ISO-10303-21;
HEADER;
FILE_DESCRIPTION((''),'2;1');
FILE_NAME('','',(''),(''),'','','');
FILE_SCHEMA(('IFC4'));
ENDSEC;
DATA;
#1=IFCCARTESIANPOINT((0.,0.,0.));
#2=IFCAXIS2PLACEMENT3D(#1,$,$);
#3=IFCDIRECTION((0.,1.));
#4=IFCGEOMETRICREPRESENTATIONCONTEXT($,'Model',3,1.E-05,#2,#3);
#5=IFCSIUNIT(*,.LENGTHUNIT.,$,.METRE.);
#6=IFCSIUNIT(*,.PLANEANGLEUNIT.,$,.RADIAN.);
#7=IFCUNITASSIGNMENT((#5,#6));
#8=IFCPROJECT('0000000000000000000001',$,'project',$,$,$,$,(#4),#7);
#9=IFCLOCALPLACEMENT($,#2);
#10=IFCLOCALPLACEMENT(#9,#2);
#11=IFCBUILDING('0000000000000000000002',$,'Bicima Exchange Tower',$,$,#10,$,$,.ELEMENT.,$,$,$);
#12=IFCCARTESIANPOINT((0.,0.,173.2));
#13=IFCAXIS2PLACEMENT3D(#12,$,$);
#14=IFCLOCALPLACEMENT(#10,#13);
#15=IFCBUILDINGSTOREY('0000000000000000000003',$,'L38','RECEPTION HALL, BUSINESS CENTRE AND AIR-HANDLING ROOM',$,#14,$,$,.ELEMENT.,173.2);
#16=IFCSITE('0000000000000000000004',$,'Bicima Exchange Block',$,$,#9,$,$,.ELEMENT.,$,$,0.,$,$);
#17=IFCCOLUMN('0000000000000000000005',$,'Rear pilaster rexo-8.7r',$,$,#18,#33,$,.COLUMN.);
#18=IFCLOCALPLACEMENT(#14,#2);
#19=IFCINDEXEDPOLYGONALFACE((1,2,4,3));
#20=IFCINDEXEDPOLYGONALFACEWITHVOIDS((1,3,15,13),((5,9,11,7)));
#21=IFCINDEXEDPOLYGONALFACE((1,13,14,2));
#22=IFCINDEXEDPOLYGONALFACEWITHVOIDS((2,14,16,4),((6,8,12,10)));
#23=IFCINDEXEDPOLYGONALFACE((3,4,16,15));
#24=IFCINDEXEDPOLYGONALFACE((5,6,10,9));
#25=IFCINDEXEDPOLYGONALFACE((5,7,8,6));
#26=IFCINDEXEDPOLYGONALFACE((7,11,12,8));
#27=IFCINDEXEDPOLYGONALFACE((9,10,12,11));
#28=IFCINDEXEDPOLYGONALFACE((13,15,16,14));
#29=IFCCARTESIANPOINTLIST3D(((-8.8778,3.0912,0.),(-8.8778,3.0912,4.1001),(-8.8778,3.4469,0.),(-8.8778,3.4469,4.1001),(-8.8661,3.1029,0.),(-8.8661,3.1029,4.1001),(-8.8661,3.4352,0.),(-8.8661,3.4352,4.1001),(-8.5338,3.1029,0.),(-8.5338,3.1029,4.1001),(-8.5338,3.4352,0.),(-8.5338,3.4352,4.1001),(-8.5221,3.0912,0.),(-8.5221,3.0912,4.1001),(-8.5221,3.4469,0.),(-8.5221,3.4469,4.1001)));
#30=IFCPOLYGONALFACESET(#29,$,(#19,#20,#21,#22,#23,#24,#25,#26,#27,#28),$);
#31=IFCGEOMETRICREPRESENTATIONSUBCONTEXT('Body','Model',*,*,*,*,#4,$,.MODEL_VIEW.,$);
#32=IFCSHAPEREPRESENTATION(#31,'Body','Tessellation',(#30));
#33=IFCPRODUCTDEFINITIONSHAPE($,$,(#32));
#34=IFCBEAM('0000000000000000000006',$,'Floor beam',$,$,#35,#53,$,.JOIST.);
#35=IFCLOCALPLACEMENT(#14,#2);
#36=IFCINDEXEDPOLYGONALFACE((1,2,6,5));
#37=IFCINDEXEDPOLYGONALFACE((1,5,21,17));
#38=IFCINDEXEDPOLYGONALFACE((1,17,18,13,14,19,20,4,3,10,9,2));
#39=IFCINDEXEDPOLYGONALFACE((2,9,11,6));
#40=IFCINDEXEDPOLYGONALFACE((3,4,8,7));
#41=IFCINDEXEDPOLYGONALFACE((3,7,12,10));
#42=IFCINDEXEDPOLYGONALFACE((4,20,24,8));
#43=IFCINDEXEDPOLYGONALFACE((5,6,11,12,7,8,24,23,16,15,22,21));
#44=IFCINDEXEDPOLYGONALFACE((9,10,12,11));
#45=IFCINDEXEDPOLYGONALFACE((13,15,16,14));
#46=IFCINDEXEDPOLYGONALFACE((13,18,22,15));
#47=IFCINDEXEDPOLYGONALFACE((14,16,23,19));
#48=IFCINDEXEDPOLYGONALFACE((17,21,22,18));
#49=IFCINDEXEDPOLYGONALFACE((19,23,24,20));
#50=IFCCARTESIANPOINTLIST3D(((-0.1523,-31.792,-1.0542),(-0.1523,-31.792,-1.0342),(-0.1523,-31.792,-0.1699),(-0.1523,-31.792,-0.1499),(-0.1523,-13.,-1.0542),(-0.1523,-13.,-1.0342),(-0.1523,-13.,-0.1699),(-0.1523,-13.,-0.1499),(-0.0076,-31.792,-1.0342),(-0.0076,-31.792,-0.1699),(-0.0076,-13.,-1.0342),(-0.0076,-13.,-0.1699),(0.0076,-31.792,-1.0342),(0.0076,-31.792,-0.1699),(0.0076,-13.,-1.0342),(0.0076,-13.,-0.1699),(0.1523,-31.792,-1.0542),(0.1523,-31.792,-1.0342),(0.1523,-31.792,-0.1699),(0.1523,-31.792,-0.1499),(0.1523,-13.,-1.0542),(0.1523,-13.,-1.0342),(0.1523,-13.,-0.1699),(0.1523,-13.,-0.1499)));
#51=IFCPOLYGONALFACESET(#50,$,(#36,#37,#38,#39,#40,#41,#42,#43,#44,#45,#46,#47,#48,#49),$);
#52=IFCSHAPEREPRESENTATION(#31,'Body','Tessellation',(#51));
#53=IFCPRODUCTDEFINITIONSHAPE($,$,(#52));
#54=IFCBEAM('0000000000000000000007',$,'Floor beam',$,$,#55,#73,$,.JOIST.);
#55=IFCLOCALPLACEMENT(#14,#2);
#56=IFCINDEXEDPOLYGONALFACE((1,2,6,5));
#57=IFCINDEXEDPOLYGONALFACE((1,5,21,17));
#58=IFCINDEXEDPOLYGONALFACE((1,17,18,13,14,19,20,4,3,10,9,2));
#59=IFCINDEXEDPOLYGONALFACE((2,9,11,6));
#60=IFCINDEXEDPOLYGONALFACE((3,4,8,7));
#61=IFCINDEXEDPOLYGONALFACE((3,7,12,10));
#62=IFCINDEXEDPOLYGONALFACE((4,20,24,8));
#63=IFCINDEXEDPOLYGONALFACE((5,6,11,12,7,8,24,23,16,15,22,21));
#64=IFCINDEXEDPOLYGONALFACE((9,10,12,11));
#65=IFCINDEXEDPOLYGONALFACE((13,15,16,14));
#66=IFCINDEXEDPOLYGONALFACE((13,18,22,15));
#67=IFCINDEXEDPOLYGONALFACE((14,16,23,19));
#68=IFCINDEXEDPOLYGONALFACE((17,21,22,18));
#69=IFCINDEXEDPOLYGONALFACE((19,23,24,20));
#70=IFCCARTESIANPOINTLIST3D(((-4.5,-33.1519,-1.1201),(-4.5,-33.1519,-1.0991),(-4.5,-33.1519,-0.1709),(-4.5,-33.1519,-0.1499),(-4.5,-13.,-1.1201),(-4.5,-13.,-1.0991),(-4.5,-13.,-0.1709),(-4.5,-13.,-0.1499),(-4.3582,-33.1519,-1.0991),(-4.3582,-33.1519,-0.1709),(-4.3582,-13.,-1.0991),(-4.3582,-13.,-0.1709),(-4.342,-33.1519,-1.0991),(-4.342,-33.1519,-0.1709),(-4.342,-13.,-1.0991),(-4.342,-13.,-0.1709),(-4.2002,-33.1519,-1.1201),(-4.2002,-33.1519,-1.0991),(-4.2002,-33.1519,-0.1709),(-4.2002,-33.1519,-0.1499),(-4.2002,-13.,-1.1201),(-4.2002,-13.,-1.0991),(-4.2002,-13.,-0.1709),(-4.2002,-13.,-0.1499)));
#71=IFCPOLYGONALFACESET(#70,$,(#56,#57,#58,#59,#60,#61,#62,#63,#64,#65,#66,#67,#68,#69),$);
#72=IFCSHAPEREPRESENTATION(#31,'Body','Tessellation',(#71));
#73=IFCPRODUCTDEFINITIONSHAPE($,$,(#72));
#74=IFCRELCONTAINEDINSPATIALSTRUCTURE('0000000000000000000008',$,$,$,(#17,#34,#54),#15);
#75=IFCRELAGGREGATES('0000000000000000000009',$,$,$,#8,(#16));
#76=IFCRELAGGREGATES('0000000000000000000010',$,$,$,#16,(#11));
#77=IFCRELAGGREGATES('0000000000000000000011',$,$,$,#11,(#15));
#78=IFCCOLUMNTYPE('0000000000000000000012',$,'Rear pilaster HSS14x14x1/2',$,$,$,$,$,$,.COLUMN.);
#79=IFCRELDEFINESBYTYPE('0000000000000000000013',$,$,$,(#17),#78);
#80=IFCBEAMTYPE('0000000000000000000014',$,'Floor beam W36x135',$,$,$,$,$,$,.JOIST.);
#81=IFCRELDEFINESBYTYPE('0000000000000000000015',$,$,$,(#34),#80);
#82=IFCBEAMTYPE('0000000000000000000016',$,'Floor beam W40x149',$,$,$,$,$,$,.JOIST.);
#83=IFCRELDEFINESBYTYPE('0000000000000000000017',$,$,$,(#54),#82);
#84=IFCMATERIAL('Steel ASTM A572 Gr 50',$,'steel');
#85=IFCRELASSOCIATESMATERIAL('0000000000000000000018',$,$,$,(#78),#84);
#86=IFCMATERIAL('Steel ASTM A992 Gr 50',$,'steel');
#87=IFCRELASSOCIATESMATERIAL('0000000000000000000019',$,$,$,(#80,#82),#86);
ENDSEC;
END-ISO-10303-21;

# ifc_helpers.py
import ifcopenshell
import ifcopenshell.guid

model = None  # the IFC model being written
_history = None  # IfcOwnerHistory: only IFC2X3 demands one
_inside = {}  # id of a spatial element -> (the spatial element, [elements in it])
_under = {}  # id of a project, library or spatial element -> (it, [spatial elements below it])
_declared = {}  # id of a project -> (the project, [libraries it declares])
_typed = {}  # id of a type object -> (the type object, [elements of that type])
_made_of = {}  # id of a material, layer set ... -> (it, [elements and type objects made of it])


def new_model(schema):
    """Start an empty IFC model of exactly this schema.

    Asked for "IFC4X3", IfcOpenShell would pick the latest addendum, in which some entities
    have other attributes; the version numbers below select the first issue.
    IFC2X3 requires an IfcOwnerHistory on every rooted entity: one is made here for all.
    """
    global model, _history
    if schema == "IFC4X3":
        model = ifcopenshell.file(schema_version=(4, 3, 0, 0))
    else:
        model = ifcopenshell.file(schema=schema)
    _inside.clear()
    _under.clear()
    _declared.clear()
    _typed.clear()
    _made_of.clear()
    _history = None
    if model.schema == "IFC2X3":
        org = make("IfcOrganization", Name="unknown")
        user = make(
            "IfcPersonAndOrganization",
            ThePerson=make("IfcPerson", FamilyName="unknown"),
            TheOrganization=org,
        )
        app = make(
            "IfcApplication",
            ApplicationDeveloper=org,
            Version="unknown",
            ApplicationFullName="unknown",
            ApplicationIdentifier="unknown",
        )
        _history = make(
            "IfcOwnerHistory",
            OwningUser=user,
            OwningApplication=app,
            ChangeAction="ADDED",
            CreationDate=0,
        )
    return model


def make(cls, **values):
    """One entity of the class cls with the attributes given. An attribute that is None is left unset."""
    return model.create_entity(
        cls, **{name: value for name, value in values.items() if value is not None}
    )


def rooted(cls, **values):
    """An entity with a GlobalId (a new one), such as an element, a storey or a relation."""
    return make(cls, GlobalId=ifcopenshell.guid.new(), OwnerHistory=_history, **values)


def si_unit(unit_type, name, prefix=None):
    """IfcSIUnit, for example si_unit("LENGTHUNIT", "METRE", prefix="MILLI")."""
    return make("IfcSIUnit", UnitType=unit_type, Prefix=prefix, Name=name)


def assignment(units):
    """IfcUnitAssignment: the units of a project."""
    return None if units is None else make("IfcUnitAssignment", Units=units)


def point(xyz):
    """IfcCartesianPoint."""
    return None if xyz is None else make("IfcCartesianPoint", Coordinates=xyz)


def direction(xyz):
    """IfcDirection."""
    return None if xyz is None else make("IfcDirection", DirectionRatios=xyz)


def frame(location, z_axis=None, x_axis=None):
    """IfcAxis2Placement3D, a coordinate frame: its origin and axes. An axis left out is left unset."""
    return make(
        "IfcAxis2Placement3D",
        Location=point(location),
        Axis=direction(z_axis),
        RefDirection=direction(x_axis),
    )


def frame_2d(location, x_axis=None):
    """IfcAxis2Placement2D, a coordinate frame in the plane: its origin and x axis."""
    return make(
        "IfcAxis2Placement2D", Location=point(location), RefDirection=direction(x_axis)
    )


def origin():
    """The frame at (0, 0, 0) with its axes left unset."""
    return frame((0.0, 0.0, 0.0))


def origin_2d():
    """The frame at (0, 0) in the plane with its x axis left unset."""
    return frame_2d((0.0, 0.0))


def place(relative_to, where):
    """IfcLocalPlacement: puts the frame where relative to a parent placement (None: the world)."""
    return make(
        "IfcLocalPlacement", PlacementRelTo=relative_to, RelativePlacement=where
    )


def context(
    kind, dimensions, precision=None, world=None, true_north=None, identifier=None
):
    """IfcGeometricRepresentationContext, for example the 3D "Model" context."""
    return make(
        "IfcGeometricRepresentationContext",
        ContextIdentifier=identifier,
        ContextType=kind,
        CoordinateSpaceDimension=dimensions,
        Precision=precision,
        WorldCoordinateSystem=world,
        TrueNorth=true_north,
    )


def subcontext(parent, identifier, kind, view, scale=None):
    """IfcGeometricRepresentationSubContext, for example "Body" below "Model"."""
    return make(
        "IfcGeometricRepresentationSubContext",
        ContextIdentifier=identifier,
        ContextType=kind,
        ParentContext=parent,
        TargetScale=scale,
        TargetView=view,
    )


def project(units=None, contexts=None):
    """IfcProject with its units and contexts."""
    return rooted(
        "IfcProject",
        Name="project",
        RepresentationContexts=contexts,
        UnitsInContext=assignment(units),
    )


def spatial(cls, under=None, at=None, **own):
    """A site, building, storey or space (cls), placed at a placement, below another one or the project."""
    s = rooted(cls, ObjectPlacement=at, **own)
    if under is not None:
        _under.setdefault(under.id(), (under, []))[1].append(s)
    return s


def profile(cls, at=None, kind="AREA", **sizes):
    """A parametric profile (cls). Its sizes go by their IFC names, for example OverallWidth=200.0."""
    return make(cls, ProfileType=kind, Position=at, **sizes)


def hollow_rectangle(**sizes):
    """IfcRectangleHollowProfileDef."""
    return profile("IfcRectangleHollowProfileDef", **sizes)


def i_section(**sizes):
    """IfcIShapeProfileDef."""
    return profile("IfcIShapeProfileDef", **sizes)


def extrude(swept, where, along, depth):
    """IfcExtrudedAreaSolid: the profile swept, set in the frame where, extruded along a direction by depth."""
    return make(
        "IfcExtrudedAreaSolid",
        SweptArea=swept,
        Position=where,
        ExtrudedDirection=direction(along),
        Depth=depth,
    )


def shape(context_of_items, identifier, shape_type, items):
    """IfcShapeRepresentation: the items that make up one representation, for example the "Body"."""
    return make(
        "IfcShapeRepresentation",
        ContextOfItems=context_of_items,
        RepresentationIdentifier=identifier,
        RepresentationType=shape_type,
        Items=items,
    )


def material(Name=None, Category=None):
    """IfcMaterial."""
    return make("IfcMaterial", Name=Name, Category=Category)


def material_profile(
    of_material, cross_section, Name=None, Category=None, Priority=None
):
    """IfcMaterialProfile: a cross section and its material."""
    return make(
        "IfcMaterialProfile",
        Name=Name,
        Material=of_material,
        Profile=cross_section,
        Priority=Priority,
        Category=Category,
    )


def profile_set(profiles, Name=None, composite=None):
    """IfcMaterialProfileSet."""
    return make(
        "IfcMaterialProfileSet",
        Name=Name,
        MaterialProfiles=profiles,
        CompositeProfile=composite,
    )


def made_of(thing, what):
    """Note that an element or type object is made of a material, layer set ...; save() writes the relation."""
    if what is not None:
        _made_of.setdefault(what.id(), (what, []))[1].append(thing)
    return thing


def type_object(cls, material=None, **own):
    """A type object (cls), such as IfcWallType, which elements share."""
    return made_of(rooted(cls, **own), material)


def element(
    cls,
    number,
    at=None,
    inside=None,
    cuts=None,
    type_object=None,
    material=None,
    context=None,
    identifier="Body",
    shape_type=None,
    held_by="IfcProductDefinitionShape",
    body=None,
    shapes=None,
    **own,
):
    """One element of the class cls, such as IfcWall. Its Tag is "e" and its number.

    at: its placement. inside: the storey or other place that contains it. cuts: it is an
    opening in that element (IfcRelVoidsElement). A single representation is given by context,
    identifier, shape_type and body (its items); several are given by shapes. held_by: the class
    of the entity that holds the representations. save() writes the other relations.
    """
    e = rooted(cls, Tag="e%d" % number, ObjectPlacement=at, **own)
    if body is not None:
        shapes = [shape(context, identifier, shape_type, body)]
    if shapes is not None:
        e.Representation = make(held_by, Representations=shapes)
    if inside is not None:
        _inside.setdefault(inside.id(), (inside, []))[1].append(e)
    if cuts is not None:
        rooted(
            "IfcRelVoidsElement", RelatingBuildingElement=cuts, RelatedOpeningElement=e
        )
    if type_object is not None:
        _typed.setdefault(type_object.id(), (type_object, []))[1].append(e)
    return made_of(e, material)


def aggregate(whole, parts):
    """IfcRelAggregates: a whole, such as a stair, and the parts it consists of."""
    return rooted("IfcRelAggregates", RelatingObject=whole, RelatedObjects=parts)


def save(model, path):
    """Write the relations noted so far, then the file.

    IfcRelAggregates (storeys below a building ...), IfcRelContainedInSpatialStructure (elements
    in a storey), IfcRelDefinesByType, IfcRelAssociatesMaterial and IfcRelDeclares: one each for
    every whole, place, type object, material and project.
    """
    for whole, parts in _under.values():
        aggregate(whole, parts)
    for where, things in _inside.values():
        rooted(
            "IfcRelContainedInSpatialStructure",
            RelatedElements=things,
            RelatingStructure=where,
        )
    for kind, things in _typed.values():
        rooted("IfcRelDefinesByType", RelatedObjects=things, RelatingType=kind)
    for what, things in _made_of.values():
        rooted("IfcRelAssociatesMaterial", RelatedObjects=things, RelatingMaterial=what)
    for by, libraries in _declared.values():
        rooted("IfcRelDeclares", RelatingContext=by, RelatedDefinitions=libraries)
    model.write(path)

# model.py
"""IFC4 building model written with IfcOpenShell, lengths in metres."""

from ifc_helpers import new_model, si_unit, direction, frame, origin, origin_2d, place, context, subcontext, project, spatial, hollow_rectangle, i_section, extrude, material, material_profile, profile_set, type_object, element, save


model = new_model("IFC4")

# Units and contexts
model_context = context("Model", 3, precision=1e-05, world=origin(), true_north=direction((0.0, 1.0)))
body_context = subcontext(model_context, "Body", "Model", "MODEL_VIEW")
ifc_project = project(units=[si_unit("LENGTHUNIT", "METRE"), si_unit("PLANEANGLEUNIT", "RADIAN")], contexts=[model_context])

# Site, building, storey
site_placement = place(None, origin())
site = spatial("IfcSite", under=ifc_project, at=site_placement, Name="Bicima Exchange Block", CompositionType="ELEMENT", RefElevation=0.0)
building_placement = place(site_placement, origin())
building = spatial("IfcBuilding", under=site, at=building_placement, Name="Bicima Exchange Tower", CompositionType="ELEMENT")
storey_placement = place(building_placement, frame((0.0, 0.0, 173.2)))
storey = spatial("IfcBuildingStorey", under=building, at=storey_placement, Name="L38", Description="RECEPTION HALL, BUSINESS CENTRE AND AIR-HANDLING ROOM", CompositionType="ELEMENT", Elevation=173.2)

# Column
ifc_material_1 = material(Name="Steel ASTM A572 Gr 50", Category="steel")
ifc_material_profile_1 = material_profile(ifc_material_1, hollow_rectangle(XDim=0.3557, YDim=0.3557, WallThickness=0.0117, at=origin_2d()))
ifc_profile_set_1 = profile_set([ifc_material_profile_1], Name="Steel ASTM A572 Gr 50")
column_type = type_object("IfcColumnType", Name="Rear pilaster HSS14x14x1/2", PredefinedType="COLUMN", material=ifc_profile_set_1)
column_placement = place(storey_placement, frame((-8.7, 3.269, 0.0), z_axis=(0.0, 0.0, 1.0), x_axis=(1.0, 0.0, 0.0)))
element("IfcColumn", 1, at=column_placement, inside=storey, type_object=column_type, Name="Rear pilaster rexo-8.7r", PredefinedType="COLUMN", context=body_context, shape_type="SweptSolid", body=[
    extrude(hollow_rectangle(XDim=0.3557, YDim=0.3557, WallThickness=0.0117, at=origin_2d()), origin(), (0.0, 0.0, 1.0), 4.1001),
])

# Beams
ifc_material_2 = material(Name="Steel ASTM A992 Gr 50", Category="steel")
ifc_material_profile_2 = material_profile(ifc_material_2, i_section(OverallWidth=0.3047, OverallDepth=0.9043, WebThickness=0.0151, FlangeThickness=0.02, at=origin_2d()))
ifc_profile_set_2 = profile_set([ifc_material_profile_2], Name="Steel ASTM A992 Gr 50")
beam_type_1 = type_object("IfcBeamType", Name="Floor beam W36x135", PredefinedType="JOIST", material=ifc_profile_set_2)
beam_1_placement = place(storey_placement, frame((0.0, -13.0, -0.6021), z_axis=(0.0, -1.0, 0.0), x_axis=(1.0, 0.0, 0.0)))
element("IfcBeam", 2, at=beam_1_placement, inside=storey, type_object=beam_type_1, Name="Floor beam", PredefinedType="JOIST", context=body_context, shape_type="SweptSolid", body=[
    extrude(i_section(OverallWidth=0.3047, OverallDepth=0.9043, WebThickness=0.0151, FlangeThickness=0.02, at=origin_2d()), origin(), (0.0, 0.0, 1.0), 18.792),
])
ifc_material_profile_3 = material_profile(ifc_material_2, i_section(OverallWidth=0.2998, OverallDepth=0.9702, WebThickness=0.0161, FlangeThickness=0.021, at=origin_2d()))
ifc_profile_set_3 = profile_set([ifc_material_profile_3], Name="Steel ASTM A992 Gr 50")
beam_type_2 = type_object("IfcBeamType", Name="Floor beam W40x149", PredefinedType="JOIST", material=ifc_profile_set_3)
beam_2_placement = place(storey_placement, frame((-4.3501, -13.0, -0.635), z_axis=(0.0, -1.0, 0.0), x_axis=(1.0, 0.0, 0.0)))
element("IfcBeam", 3, at=beam_2_placement, inside=storey, type_object=beam_type_2, Name="Floor beam", PredefinedType="JOIST", context=body_context, shape_type="SweptSolid", body=[
    extrude(i_section(OverallWidth=0.2998, OverallDepth=0.9702, WebThickness=0.0161, FlangeThickness=0.021, at=origin_2d()), origin(), (0.0, 0.0, 1.0), 20.1519),
])

save(model, "model.ifc")
